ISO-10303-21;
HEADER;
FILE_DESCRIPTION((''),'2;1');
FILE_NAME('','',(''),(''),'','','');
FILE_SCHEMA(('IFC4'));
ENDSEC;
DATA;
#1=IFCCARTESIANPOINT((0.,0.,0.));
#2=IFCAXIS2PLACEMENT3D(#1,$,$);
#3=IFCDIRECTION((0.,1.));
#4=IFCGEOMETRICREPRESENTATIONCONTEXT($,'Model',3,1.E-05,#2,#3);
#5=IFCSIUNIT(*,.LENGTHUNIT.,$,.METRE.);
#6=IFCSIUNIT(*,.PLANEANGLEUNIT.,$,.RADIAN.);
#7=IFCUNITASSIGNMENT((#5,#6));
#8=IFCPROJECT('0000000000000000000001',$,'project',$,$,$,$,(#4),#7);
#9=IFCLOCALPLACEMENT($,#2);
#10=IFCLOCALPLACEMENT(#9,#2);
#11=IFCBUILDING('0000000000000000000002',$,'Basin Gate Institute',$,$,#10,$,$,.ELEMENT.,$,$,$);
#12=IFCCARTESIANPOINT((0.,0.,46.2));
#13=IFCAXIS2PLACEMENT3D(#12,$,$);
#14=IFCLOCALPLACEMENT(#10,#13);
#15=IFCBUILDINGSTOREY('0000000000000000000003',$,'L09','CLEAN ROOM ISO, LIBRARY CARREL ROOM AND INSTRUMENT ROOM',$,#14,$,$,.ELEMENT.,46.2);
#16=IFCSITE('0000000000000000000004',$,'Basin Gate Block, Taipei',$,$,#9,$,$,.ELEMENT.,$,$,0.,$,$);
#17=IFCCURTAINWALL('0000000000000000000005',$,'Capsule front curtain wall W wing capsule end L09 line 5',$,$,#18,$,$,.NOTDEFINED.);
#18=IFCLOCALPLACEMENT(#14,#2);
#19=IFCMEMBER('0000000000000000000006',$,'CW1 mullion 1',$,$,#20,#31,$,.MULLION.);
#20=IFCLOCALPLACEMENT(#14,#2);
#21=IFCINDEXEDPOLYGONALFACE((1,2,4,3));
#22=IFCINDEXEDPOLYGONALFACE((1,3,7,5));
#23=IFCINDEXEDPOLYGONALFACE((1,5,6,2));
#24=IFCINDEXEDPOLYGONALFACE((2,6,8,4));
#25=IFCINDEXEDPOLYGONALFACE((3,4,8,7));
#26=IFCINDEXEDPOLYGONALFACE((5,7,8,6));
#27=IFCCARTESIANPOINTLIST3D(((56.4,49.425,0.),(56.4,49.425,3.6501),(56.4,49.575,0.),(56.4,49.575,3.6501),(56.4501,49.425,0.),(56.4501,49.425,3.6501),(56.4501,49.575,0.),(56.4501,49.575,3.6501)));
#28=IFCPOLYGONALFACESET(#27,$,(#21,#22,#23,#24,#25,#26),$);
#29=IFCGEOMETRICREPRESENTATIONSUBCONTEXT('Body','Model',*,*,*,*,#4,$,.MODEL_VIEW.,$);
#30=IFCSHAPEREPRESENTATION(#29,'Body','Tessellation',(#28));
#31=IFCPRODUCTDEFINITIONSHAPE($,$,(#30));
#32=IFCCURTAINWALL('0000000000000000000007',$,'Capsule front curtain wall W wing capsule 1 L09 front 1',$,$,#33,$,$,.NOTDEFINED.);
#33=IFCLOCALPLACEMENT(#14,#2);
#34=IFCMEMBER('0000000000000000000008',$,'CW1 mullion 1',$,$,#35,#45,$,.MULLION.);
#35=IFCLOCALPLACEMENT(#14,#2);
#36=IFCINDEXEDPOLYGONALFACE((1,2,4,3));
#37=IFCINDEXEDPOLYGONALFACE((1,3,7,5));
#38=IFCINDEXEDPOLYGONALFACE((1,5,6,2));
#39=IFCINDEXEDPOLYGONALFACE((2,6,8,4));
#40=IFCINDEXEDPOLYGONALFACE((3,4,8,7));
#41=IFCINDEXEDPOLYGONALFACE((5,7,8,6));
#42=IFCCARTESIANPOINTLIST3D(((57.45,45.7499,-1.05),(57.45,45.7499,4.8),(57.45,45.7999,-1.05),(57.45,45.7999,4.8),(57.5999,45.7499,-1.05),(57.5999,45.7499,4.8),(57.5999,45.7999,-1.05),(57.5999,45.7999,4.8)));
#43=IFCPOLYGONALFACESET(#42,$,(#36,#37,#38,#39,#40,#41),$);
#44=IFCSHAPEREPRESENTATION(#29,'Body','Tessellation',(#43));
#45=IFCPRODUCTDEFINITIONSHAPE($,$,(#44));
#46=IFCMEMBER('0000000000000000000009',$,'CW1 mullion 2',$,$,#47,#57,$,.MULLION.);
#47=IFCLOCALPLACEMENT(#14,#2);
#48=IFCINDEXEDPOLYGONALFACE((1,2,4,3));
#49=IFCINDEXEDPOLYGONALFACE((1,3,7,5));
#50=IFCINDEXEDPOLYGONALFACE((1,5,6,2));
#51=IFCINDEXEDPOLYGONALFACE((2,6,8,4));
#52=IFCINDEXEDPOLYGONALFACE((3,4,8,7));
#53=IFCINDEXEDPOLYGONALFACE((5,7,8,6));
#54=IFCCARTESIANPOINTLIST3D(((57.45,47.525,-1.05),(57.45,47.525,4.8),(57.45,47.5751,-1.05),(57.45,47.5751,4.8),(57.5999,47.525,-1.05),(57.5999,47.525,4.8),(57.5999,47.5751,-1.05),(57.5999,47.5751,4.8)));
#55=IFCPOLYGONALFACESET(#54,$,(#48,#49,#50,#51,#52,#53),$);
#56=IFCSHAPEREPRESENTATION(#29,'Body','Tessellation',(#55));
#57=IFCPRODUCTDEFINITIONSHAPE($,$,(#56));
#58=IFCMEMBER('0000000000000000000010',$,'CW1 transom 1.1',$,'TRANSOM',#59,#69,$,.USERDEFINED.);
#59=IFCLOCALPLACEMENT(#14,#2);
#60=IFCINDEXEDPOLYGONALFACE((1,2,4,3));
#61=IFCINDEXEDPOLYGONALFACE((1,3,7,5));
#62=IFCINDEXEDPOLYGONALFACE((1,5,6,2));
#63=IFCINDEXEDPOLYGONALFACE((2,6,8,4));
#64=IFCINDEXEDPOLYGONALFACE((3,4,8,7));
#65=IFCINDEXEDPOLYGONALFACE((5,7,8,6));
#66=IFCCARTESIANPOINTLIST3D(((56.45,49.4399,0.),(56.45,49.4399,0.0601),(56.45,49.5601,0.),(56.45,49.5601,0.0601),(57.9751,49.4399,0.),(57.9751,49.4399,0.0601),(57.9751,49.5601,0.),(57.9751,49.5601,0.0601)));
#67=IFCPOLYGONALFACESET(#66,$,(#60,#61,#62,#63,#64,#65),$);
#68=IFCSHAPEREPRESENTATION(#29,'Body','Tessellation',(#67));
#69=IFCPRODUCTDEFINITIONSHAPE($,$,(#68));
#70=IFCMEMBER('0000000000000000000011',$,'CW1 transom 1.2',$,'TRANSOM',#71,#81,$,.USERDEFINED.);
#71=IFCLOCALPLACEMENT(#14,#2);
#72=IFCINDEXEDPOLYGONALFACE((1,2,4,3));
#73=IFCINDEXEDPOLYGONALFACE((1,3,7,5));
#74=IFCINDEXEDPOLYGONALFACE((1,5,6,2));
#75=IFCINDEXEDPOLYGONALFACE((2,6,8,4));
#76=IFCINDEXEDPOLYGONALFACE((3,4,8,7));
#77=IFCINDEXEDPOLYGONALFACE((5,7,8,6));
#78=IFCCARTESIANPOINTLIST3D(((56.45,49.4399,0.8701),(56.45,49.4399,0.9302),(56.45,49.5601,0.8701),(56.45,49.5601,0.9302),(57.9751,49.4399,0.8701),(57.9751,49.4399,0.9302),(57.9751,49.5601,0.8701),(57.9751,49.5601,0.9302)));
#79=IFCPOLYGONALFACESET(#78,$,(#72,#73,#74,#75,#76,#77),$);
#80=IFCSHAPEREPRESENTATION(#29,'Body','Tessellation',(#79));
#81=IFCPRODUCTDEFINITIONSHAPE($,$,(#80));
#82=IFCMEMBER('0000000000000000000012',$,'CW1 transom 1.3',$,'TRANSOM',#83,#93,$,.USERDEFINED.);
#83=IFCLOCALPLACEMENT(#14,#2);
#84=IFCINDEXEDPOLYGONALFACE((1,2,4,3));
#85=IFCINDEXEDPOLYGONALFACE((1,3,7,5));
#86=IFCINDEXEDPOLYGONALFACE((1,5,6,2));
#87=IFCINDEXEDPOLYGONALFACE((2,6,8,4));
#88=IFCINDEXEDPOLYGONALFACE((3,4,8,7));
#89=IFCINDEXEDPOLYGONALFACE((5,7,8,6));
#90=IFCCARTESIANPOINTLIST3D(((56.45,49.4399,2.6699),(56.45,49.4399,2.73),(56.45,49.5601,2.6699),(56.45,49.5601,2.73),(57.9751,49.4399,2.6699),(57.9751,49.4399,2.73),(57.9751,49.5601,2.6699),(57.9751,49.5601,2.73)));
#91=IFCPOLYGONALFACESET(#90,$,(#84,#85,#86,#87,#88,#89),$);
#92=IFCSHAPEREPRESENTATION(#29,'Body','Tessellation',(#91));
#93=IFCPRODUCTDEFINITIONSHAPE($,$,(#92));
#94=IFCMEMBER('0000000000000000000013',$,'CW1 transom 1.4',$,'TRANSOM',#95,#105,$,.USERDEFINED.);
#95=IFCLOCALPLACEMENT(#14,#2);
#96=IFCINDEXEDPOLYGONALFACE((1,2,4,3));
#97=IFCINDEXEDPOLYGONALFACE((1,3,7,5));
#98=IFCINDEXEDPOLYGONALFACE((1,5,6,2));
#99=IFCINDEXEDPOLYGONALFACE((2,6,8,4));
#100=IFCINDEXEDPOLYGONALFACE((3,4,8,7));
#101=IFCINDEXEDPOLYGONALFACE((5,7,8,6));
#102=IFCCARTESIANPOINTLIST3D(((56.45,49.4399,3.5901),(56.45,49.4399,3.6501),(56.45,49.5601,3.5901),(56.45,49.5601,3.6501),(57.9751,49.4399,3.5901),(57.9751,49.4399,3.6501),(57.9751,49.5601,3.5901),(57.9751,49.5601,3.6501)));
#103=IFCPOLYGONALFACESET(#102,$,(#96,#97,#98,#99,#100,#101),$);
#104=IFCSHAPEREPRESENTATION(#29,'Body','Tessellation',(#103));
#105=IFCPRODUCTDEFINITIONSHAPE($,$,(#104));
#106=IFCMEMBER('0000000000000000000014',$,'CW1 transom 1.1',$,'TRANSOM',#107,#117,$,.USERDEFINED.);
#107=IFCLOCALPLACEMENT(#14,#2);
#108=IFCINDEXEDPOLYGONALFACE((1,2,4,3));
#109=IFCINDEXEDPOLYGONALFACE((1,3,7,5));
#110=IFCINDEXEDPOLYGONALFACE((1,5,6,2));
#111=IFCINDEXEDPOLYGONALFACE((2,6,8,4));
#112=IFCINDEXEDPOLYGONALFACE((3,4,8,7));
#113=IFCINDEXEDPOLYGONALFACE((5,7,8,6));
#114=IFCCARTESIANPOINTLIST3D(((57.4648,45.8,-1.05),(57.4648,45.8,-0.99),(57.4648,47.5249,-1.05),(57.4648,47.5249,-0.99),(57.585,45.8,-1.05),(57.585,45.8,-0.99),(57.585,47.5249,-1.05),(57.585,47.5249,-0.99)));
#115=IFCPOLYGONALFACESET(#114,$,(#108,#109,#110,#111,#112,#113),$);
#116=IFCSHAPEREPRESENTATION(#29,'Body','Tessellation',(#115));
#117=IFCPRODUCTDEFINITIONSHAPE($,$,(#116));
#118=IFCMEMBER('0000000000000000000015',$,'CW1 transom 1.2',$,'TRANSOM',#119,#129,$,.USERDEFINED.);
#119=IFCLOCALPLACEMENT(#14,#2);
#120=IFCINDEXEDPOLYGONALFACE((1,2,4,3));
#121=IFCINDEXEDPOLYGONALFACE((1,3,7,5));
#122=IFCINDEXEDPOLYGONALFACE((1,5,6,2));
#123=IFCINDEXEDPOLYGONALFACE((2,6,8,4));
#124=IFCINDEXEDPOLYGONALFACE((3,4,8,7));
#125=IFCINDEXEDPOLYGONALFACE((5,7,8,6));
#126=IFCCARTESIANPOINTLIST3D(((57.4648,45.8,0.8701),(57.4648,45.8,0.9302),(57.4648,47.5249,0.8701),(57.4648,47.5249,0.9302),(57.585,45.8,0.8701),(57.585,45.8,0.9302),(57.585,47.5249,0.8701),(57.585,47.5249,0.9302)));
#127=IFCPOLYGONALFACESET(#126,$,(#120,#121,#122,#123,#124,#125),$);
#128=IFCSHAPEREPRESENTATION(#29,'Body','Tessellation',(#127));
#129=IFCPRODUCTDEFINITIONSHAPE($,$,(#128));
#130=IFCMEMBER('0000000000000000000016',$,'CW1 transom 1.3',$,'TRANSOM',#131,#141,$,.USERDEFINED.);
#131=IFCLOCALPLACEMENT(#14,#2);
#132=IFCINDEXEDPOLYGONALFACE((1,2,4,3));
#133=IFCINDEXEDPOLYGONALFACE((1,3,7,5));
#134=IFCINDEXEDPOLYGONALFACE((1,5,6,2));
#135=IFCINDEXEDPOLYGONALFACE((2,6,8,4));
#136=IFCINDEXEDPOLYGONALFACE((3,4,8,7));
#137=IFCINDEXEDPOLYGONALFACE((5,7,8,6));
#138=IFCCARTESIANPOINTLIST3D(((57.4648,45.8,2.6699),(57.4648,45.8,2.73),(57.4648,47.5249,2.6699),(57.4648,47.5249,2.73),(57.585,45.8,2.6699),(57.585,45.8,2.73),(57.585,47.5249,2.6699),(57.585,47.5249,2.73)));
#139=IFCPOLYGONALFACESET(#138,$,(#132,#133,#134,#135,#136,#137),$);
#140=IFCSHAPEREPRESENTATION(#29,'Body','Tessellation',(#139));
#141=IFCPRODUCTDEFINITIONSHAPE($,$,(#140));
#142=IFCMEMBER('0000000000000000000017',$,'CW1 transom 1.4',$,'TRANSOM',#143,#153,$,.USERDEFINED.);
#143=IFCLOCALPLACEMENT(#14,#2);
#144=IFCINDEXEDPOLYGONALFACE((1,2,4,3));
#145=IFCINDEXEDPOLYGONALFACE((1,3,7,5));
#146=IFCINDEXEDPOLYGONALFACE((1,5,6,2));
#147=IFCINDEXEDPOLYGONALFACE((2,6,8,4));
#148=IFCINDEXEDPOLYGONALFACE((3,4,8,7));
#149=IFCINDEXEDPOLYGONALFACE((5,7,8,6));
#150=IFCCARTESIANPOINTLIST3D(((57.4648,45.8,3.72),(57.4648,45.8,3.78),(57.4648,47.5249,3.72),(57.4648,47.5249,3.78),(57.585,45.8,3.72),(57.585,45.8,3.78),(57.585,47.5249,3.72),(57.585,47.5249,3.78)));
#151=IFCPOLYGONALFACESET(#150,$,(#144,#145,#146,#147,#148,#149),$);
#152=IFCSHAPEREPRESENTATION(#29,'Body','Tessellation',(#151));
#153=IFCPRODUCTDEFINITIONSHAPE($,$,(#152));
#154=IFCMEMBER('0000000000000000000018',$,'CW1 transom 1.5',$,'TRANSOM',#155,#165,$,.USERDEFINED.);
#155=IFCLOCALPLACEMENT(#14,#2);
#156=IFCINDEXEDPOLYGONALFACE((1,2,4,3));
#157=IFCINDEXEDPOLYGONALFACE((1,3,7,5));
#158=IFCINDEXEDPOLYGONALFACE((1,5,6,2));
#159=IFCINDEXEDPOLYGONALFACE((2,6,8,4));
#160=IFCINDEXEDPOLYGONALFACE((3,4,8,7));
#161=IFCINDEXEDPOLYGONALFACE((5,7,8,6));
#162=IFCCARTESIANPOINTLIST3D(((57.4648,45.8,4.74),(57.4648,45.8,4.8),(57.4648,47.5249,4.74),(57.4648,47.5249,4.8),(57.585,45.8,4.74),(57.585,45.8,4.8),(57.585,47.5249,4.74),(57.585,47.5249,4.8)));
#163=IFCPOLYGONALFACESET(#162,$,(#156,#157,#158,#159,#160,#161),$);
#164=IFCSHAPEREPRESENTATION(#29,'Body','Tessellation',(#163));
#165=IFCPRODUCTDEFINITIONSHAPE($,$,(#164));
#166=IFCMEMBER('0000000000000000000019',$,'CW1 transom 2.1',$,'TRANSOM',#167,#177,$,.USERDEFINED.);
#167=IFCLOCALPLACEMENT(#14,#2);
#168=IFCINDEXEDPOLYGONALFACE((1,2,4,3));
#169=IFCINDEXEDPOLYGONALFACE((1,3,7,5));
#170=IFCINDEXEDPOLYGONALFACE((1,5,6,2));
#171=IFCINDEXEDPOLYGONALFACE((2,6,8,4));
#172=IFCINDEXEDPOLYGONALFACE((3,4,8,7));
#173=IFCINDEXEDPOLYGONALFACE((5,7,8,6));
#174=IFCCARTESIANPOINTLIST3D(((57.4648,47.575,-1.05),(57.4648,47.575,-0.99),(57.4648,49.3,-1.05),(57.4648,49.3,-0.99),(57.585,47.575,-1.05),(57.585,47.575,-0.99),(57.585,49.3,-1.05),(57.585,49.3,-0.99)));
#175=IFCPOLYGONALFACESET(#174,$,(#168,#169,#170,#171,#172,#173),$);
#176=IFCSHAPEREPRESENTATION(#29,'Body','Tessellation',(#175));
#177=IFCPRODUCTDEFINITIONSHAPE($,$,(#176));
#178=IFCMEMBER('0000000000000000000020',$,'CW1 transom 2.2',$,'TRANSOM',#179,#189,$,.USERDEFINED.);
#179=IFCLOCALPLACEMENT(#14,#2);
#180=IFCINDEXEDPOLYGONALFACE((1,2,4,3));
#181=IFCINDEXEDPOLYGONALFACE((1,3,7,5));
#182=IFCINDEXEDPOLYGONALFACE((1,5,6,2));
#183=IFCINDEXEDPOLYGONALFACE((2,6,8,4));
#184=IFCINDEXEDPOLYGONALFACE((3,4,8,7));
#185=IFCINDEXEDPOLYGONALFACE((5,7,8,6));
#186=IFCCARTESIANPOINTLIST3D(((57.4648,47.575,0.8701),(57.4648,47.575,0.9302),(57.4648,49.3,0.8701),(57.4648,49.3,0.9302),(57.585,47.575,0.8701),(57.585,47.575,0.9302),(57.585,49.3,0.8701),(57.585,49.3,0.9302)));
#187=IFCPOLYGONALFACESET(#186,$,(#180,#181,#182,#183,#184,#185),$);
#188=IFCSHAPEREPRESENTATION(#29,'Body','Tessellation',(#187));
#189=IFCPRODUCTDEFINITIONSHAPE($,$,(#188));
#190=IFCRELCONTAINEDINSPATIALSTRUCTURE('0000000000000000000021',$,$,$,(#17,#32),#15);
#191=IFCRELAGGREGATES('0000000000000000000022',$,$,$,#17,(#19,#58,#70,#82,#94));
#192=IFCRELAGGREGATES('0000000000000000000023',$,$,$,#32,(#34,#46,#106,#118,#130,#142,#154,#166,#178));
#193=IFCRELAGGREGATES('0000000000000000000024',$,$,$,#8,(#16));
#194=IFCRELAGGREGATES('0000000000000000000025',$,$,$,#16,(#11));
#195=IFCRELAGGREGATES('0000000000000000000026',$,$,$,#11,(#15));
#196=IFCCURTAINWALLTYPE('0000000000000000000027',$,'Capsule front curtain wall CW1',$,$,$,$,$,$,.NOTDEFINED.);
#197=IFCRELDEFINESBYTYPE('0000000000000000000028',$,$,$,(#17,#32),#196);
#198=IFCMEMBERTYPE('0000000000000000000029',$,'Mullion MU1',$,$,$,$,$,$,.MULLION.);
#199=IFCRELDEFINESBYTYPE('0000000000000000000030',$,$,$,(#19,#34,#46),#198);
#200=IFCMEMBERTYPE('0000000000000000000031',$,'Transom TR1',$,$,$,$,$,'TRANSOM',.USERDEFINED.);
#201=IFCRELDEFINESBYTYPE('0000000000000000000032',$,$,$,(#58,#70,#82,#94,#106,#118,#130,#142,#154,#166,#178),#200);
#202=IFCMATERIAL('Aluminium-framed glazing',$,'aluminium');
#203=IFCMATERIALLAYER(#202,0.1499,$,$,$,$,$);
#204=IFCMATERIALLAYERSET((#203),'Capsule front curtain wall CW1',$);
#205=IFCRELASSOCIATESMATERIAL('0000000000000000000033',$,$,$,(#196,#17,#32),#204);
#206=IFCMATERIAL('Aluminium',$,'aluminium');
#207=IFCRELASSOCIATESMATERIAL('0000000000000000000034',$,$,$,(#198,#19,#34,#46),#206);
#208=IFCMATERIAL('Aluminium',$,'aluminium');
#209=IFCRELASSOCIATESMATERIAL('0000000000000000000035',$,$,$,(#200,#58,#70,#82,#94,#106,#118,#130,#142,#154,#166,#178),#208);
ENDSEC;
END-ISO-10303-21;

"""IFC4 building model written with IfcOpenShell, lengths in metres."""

from ifc_helpers import new_model, si_unit, direction, frame, origin, origin_2d, place, context, subcontext, project, spatial, rectangle, extrude, material, layer, layer_set, material_profile, profile_set, type_object, element, aggregate, save


model = new_model("IFC4")

# Units and contexts
model_context = context("Model", 3, precision=1e-05, world=origin(), true_north=direction((0.0, 1.0)))
body_context = subcontext(model_context, "Body", "Model", "MODEL_VIEW")
ifc_project = project(units=[si_unit("LENGTHUNIT", "METRE"), si_unit("PLANEANGLEUNIT", "RADIAN")], contexts=[model_context])

# Site, building, storey
site_placement = place(None, origin())
site = spatial("IfcSite", under=ifc_project, at=site_placement, Name="Basin Gate Block, Taipei", CompositionType="ELEMENT", RefElevation=0.0)
building_placement = place(site_placement, origin())
building = spatial("IfcBuilding", under=site, at=building_placement, Name="Basin Gate Institute", CompositionType="ELEMENT")
storey_placement = place(building_placement, frame((0.0, 0.0, 46.2)))
storey = spatial("IfcBuildingStorey", under=building, at=storey_placement, Name="L09", Description="CLEAN ROOM ISO, LIBRARY CARREL ROOM AND INSTRUMENT ROOM", CompositionType="ELEMENT", Elevation=46.2)

# Curtain wall, member
ifc_material_1 = material(Name="Aluminium-framed glazing", Category="aluminium")
ifc_layer_1 = layer(ifc_material_1, 0.1499)
ifc_layer_set_1 = layer_set([ifc_layer_1], Name="Capsule front curtain wall CW1")
curtain_wall_type = type_object("IfcCurtainWallType", Name="Capsule front curtain wall CW1", PredefinedType="NOTDEFINED", material=ifc_layer_set_1)
curtain_wall_1_placement = place(storey_placement, origin())
curtain_wall_1 = element("IfcCurtainWall", 1, at=curtain_wall_1_placement, inside=storey, type_object=curtain_wall_type, material=ifc_layer_set_1, Name="Capsule front curtain wall W wing capsule end L09 line 5", PredefinedType="NOTDEFINED")
ifc_material_2 = material(Name="Aluminium", Category="aluminium")
ifc_material_profile_1 = material_profile(ifc_material_2, rectangle(XDim=0.1499, YDim=0.05, at=origin_2d()), Name="Mullion MU1 150 x 50")
ifc_profile_set_1 = profile_set([ifc_material_profile_1], Name="Aluminium")
member_type_1 = type_object("IfcMemberType", Name="Mullion MU1", PredefinedType="MULLION", material=ifc_profile_set_1)
member_1_placement = place(storey_placement, frame((56.425, 49.5, 0.0), z_axis=(0.0, 0.0, 1.0), x_axis=(0.0, 1.0, 0.0)))
member_1 = element("IfcMember", 2, at=member_1_placement, type_object=member_type_1, material=ifc_profile_set_1, Name="CW1 mullion 1", PredefinedType="MULLION", context=body_context, shape_type="SweptSolid", body=[
    extrude(rectangle(XDim=0.1499, YDim=0.05, at=origin_2d()), origin(), (0.0, 0.0, 1.0), 3.6501),
])

# Curtain wall, members
curtain_wall_2_placement = place(storey_placement, origin())
curtain_wall_2 = element("IfcCurtainWall", 3, at=curtain_wall_2_placement, inside=storey, type_object=curtain_wall_type, material=ifc_layer_set_1, Name="Capsule front curtain wall W wing capsule 1 L09 front 1", PredefinedType="NOTDEFINED")
member_2_placement = place(storey_placement, frame((57.5249, 45.7749, -1.05), z_axis=(0.0, 0.0, 1.0), x_axis=(-1.0, 0.0, 0.0)))
member_2 = element("IfcMember", 4, at=member_2_placement, type_object=member_type_1, material=ifc_profile_set_1, Name="CW1 mullion 1", PredefinedType="MULLION", context=body_context, shape_type="SweptSolid", body=[
    extrude(rectangle(XDim=0.1499, YDim=0.05, at=origin_2d()), origin(), (0.0, 0.0, 1.0), 5.8501),
])
member_3_placement = place(storey_placement, frame((57.5249, 47.55, -1.05), z_axis=(0.0, 0.0, 1.0), x_axis=(-1.0, 0.0, 0.0)))
member_3 = element("IfcMember", 5, at=member_3_placement, type_object=member_type_1, material=ifc_profile_set_1, Name="CW1 mullion 2", PredefinedType="MULLION", context=body_context, shape_type="SweptSolid", body=[
    extrude(rectangle(XDim=0.1499, YDim=0.05, at=origin_2d()), origin(), (0.0, 0.0, 1.0), 5.8501),
])

# Members
ifc_material_3 = material(Name="Aluminium", Category="aluminium")
ifc_material_profile_2 = material_profile(ifc_material_3, rectangle(XDim=0.1201, YDim=0.0601, at=origin_2d()), Name="Transom TR1 120 x 60")
ifc_profile_set_2 = profile_set([ifc_material_profile_2], Name="Aluminium")
member_type_2 = type_object("IfcMemberType", Name="Transom TR1", ElementType="TRANSOM", PredefinedType="USERDEFINED", material=ifc_profile_set_2)
member_4_placement = place(storey_placement, frame((56.45, 49.5, 0.03), z_axis=(1.0, 0.0, 0.0), x_axis=(0.0, 1.0, 0.0)))
member_4 = element("IfcMember", 6, at=member_4_placement, type_object=member_type_2, material=ifc_profile_set_2, Name="CW1 transom 1.1", ObjectType="TRANSOM", PredefinedType="USERDEFINED", context=body_context, shape_type="SweptSolid", body=[
    extrude(rectangle(XDim=0.1201, YDim=0.0601, at=origin_2d()), origin(), (0.0, 0.0, 1.0), 1.5251),
])
member_5_placement = place(storey_placement, frame((56.45, 49.5, 0.9001), z_axis=(1.0, 0.0, 0.0), x_axis=(0.0, 1.0, 0.0)))
member_5 = element("IfcMember", 7, at=member_5_placement, type_object=member_type_2, material=ifc_profile_set_2, Name="CW1 transom 1.2", ObjectType="TRANSOM", PredefinedType="USERDEFINED", context=body_context, shape_type="SweptSolid", body=[
    extrude(rectangle(XDim=0.1201, YDim=0.0601, at=origin_2d()), origin(), (0.0, 0.0, 1.0), 1.5251),
])
member_6_placement = place(storey_placement, frame((56.45, 49.5, 2.7), z_axis=(1.0, 0.0, 0.0), x_axis=(0.0, 1.0, 0.0)))
member_6 = element("IfcMember", 8, at=member_6_placement, type_object=member_type_2, material=ifc_profile_set_2, Name="CW1 transom 1.3", ObjectType="TRANSOM", PredefinedType="USERDEFINED", context=body_context, shape_type="SweptSolid", body=[
    extrude(rectangle(XDim=0.1201, YDim=0.0601, at=origin_2d()), origin(), (0.0, 0.0, 1.0), 1.5251),
])
member_7_placement = place(storey_placement, frame((56.45, 49.5, 3.6201), z_axis=(1.0, 0.0, 0.0), x_axis=(0.0, 1.0, 0.0)))
member_7 = element("IfcMember", 9, at=member_7_placement, type_object=member_type_2, material=ifc_profile_set_2, Name="CW1 transom 1.4", ObjectType="TRANSOM", PredefinedType="USERDEFINED", context=body_context, shape_type="SweptSolid", body=[
    extrude(rectangle(XDim=0.1201, YDim=0.0601, at=origin_2d()), origin(), (0.0, 0.0, 1.0), 1.5251),
])
aggregate(curtain_wall_1, [member_1, member_4, member_5, member_6, member_7])
member_8_placement = place(storey_placement, frame((57.5249, 45.8, -1.02), z_axis=(0.0, 1.0, 0.0), x_axis=(-1.0, 0.0, 0.0)))
member_8 = element("IfcMember", 10, at=member_8_placement, type_object=member_type_2, material=ifc_profile_set_2, Name="CW1 transom 1.1", ObjectType="TRANSOM", PredefinedType="USERDEFINED", context=body_context, shape_type="SweptSolid", body=[
    extrude(rectangle(XDim=0.1201, YDim=0.0601, at=origin_2d()), origin(), (0.0, 0.0, 1.0), 1.7249),
])
member_9_placement = place(storey_placement, frame((57.5249, 45.8, 0.9001), z_axis=(0.0, 1.0, 0.0), x_axis=(-1.0, 0.0, 0.0)))
member_9 = element("IfcMember", 11, at=member_9_placement, type_object=member_type_2, material=ifc_profile_set_2, Name="CW1 transom 1.2", ObjectType="TRANSOM", PredefinedType="USERDEFINED", context=body_context, shape_type="SweptSolid", body=[
    extrude(rectangle(XDim=0.1201, YDim=0.0601, at=origin_2d()), origin(), (0.0, 0.0, 1.0), 1.7249),
])
member_10_placement = place(storey_placement, frame((57.5249, 45.8, 2.7), z_axis=(0.0, 1.0, 0.0), x_axis=(-1.0, 0.0, 0.0)))
member_10 = element("IfcMember", 12, at=member_10_placement, type_object=member_type_2, material=ifc_profile_set_2, Name="CW1 transom 1.3", ObjectType="TRANSOM", PredefinedType="USERDEFINED", context=body_context, shape_type="SweptSolid", body=[
    extrude(rectangle(XDim=0.1201, YDim=0.0601, at=origin_2d()), origin(), (0.0, 0.0, 1.0), 1.7249),
])
member_11_placement = place(storey_placement, frame((57.5249, 45.8, 3.75), z_axis=(0.0, 1.0, 0.0), x_axis=(-1.0, 0.0, 0.0)))
member_11 = element("IfcMember", 13, at=member_11_placement, type_object=member_type_2, material=ifc_profile_set_2, Name="CW1 transom 1.4", ObjectType="TRANSOM", PredefinedType="USERDEFINED", context=body_context, shape_type="SweptSolid", body=[
    extrude(rectangle(XDim=0.1201, YDim=0.0601, at=origin_2d()), origin(), (0.0, 0.0, 1.0), 1.7249),
])
member_12_placement = place(storey_placement, frame((57.5249, 45.8, 4.77), z_axis=(0.0, 1.0, 0.0), x_axis=(-1.0, 0.0, 0.0)))
member_12 = element("IfcMember", 14, at=member_12_placement, type_object=member_type_2, material=ifc_profile_set_2, Name="CW1 transom 1.5", ObjectType="TRANSOM", PredefinedType="USERDEFINED", context=body_context, shape_type="SweptSolid", body=[
    extrude(rectangle(XDim=0.1201, YDim=0.0601, at=origin_2d()), origin(), (0.0, 0.0, 1.0), 1.7249),
])
member_13_placement = place(storey_placement, frame((57.5249, 47.575, -1.02), z_axis=(0.0, 1.0, 0.0), x_axis=(-1.0, 0.0, 0.0)))
member_13 = element("IfcMember", 15, at=member_13_placement, type_object=member_type_2, material=ifc_profile_set_2, Name="CW1 transom 2.1", ObjectType="TRANSOM", PredefinedType="USERDEFINED", context=body_context, shape_type="SweptSolid", body=[
    extrude(rectangle(XDim=0.1201, YDim=0.0601, at=origin_2d()), origin(), (0.0, 0.0, 1.0), 1.7251),
])
member_14_placement = place(storey_placement, frame((57.5249, 47.575, 0.9001), z_axis=(0.0, 1.0, 0.0), x_axis=(-1.0, 0.0, 0.0)))
member_14 = element("IfcMember", 16, at=member_14_placement, type_object=member_type_2, material=ifc_profile_set_2, Name="CW1 transom 2.2", ObjectType="TRANSOM", PredefinedType="USERDEFINED", context=body_context, shape_type="SweptSolid", body=[
    extrude(rectangle(XDim=0.1201, YDim=0.0601, at=origin_2d()), origin(), (0.0, 0.0, 1.0), 1.7251),
])

aggregate(curtain_wall_2, [member_2, member_3, member_8, member_9, member_10, member_11, member_12, member_13, member_14])

save(model, "model.ifc")
